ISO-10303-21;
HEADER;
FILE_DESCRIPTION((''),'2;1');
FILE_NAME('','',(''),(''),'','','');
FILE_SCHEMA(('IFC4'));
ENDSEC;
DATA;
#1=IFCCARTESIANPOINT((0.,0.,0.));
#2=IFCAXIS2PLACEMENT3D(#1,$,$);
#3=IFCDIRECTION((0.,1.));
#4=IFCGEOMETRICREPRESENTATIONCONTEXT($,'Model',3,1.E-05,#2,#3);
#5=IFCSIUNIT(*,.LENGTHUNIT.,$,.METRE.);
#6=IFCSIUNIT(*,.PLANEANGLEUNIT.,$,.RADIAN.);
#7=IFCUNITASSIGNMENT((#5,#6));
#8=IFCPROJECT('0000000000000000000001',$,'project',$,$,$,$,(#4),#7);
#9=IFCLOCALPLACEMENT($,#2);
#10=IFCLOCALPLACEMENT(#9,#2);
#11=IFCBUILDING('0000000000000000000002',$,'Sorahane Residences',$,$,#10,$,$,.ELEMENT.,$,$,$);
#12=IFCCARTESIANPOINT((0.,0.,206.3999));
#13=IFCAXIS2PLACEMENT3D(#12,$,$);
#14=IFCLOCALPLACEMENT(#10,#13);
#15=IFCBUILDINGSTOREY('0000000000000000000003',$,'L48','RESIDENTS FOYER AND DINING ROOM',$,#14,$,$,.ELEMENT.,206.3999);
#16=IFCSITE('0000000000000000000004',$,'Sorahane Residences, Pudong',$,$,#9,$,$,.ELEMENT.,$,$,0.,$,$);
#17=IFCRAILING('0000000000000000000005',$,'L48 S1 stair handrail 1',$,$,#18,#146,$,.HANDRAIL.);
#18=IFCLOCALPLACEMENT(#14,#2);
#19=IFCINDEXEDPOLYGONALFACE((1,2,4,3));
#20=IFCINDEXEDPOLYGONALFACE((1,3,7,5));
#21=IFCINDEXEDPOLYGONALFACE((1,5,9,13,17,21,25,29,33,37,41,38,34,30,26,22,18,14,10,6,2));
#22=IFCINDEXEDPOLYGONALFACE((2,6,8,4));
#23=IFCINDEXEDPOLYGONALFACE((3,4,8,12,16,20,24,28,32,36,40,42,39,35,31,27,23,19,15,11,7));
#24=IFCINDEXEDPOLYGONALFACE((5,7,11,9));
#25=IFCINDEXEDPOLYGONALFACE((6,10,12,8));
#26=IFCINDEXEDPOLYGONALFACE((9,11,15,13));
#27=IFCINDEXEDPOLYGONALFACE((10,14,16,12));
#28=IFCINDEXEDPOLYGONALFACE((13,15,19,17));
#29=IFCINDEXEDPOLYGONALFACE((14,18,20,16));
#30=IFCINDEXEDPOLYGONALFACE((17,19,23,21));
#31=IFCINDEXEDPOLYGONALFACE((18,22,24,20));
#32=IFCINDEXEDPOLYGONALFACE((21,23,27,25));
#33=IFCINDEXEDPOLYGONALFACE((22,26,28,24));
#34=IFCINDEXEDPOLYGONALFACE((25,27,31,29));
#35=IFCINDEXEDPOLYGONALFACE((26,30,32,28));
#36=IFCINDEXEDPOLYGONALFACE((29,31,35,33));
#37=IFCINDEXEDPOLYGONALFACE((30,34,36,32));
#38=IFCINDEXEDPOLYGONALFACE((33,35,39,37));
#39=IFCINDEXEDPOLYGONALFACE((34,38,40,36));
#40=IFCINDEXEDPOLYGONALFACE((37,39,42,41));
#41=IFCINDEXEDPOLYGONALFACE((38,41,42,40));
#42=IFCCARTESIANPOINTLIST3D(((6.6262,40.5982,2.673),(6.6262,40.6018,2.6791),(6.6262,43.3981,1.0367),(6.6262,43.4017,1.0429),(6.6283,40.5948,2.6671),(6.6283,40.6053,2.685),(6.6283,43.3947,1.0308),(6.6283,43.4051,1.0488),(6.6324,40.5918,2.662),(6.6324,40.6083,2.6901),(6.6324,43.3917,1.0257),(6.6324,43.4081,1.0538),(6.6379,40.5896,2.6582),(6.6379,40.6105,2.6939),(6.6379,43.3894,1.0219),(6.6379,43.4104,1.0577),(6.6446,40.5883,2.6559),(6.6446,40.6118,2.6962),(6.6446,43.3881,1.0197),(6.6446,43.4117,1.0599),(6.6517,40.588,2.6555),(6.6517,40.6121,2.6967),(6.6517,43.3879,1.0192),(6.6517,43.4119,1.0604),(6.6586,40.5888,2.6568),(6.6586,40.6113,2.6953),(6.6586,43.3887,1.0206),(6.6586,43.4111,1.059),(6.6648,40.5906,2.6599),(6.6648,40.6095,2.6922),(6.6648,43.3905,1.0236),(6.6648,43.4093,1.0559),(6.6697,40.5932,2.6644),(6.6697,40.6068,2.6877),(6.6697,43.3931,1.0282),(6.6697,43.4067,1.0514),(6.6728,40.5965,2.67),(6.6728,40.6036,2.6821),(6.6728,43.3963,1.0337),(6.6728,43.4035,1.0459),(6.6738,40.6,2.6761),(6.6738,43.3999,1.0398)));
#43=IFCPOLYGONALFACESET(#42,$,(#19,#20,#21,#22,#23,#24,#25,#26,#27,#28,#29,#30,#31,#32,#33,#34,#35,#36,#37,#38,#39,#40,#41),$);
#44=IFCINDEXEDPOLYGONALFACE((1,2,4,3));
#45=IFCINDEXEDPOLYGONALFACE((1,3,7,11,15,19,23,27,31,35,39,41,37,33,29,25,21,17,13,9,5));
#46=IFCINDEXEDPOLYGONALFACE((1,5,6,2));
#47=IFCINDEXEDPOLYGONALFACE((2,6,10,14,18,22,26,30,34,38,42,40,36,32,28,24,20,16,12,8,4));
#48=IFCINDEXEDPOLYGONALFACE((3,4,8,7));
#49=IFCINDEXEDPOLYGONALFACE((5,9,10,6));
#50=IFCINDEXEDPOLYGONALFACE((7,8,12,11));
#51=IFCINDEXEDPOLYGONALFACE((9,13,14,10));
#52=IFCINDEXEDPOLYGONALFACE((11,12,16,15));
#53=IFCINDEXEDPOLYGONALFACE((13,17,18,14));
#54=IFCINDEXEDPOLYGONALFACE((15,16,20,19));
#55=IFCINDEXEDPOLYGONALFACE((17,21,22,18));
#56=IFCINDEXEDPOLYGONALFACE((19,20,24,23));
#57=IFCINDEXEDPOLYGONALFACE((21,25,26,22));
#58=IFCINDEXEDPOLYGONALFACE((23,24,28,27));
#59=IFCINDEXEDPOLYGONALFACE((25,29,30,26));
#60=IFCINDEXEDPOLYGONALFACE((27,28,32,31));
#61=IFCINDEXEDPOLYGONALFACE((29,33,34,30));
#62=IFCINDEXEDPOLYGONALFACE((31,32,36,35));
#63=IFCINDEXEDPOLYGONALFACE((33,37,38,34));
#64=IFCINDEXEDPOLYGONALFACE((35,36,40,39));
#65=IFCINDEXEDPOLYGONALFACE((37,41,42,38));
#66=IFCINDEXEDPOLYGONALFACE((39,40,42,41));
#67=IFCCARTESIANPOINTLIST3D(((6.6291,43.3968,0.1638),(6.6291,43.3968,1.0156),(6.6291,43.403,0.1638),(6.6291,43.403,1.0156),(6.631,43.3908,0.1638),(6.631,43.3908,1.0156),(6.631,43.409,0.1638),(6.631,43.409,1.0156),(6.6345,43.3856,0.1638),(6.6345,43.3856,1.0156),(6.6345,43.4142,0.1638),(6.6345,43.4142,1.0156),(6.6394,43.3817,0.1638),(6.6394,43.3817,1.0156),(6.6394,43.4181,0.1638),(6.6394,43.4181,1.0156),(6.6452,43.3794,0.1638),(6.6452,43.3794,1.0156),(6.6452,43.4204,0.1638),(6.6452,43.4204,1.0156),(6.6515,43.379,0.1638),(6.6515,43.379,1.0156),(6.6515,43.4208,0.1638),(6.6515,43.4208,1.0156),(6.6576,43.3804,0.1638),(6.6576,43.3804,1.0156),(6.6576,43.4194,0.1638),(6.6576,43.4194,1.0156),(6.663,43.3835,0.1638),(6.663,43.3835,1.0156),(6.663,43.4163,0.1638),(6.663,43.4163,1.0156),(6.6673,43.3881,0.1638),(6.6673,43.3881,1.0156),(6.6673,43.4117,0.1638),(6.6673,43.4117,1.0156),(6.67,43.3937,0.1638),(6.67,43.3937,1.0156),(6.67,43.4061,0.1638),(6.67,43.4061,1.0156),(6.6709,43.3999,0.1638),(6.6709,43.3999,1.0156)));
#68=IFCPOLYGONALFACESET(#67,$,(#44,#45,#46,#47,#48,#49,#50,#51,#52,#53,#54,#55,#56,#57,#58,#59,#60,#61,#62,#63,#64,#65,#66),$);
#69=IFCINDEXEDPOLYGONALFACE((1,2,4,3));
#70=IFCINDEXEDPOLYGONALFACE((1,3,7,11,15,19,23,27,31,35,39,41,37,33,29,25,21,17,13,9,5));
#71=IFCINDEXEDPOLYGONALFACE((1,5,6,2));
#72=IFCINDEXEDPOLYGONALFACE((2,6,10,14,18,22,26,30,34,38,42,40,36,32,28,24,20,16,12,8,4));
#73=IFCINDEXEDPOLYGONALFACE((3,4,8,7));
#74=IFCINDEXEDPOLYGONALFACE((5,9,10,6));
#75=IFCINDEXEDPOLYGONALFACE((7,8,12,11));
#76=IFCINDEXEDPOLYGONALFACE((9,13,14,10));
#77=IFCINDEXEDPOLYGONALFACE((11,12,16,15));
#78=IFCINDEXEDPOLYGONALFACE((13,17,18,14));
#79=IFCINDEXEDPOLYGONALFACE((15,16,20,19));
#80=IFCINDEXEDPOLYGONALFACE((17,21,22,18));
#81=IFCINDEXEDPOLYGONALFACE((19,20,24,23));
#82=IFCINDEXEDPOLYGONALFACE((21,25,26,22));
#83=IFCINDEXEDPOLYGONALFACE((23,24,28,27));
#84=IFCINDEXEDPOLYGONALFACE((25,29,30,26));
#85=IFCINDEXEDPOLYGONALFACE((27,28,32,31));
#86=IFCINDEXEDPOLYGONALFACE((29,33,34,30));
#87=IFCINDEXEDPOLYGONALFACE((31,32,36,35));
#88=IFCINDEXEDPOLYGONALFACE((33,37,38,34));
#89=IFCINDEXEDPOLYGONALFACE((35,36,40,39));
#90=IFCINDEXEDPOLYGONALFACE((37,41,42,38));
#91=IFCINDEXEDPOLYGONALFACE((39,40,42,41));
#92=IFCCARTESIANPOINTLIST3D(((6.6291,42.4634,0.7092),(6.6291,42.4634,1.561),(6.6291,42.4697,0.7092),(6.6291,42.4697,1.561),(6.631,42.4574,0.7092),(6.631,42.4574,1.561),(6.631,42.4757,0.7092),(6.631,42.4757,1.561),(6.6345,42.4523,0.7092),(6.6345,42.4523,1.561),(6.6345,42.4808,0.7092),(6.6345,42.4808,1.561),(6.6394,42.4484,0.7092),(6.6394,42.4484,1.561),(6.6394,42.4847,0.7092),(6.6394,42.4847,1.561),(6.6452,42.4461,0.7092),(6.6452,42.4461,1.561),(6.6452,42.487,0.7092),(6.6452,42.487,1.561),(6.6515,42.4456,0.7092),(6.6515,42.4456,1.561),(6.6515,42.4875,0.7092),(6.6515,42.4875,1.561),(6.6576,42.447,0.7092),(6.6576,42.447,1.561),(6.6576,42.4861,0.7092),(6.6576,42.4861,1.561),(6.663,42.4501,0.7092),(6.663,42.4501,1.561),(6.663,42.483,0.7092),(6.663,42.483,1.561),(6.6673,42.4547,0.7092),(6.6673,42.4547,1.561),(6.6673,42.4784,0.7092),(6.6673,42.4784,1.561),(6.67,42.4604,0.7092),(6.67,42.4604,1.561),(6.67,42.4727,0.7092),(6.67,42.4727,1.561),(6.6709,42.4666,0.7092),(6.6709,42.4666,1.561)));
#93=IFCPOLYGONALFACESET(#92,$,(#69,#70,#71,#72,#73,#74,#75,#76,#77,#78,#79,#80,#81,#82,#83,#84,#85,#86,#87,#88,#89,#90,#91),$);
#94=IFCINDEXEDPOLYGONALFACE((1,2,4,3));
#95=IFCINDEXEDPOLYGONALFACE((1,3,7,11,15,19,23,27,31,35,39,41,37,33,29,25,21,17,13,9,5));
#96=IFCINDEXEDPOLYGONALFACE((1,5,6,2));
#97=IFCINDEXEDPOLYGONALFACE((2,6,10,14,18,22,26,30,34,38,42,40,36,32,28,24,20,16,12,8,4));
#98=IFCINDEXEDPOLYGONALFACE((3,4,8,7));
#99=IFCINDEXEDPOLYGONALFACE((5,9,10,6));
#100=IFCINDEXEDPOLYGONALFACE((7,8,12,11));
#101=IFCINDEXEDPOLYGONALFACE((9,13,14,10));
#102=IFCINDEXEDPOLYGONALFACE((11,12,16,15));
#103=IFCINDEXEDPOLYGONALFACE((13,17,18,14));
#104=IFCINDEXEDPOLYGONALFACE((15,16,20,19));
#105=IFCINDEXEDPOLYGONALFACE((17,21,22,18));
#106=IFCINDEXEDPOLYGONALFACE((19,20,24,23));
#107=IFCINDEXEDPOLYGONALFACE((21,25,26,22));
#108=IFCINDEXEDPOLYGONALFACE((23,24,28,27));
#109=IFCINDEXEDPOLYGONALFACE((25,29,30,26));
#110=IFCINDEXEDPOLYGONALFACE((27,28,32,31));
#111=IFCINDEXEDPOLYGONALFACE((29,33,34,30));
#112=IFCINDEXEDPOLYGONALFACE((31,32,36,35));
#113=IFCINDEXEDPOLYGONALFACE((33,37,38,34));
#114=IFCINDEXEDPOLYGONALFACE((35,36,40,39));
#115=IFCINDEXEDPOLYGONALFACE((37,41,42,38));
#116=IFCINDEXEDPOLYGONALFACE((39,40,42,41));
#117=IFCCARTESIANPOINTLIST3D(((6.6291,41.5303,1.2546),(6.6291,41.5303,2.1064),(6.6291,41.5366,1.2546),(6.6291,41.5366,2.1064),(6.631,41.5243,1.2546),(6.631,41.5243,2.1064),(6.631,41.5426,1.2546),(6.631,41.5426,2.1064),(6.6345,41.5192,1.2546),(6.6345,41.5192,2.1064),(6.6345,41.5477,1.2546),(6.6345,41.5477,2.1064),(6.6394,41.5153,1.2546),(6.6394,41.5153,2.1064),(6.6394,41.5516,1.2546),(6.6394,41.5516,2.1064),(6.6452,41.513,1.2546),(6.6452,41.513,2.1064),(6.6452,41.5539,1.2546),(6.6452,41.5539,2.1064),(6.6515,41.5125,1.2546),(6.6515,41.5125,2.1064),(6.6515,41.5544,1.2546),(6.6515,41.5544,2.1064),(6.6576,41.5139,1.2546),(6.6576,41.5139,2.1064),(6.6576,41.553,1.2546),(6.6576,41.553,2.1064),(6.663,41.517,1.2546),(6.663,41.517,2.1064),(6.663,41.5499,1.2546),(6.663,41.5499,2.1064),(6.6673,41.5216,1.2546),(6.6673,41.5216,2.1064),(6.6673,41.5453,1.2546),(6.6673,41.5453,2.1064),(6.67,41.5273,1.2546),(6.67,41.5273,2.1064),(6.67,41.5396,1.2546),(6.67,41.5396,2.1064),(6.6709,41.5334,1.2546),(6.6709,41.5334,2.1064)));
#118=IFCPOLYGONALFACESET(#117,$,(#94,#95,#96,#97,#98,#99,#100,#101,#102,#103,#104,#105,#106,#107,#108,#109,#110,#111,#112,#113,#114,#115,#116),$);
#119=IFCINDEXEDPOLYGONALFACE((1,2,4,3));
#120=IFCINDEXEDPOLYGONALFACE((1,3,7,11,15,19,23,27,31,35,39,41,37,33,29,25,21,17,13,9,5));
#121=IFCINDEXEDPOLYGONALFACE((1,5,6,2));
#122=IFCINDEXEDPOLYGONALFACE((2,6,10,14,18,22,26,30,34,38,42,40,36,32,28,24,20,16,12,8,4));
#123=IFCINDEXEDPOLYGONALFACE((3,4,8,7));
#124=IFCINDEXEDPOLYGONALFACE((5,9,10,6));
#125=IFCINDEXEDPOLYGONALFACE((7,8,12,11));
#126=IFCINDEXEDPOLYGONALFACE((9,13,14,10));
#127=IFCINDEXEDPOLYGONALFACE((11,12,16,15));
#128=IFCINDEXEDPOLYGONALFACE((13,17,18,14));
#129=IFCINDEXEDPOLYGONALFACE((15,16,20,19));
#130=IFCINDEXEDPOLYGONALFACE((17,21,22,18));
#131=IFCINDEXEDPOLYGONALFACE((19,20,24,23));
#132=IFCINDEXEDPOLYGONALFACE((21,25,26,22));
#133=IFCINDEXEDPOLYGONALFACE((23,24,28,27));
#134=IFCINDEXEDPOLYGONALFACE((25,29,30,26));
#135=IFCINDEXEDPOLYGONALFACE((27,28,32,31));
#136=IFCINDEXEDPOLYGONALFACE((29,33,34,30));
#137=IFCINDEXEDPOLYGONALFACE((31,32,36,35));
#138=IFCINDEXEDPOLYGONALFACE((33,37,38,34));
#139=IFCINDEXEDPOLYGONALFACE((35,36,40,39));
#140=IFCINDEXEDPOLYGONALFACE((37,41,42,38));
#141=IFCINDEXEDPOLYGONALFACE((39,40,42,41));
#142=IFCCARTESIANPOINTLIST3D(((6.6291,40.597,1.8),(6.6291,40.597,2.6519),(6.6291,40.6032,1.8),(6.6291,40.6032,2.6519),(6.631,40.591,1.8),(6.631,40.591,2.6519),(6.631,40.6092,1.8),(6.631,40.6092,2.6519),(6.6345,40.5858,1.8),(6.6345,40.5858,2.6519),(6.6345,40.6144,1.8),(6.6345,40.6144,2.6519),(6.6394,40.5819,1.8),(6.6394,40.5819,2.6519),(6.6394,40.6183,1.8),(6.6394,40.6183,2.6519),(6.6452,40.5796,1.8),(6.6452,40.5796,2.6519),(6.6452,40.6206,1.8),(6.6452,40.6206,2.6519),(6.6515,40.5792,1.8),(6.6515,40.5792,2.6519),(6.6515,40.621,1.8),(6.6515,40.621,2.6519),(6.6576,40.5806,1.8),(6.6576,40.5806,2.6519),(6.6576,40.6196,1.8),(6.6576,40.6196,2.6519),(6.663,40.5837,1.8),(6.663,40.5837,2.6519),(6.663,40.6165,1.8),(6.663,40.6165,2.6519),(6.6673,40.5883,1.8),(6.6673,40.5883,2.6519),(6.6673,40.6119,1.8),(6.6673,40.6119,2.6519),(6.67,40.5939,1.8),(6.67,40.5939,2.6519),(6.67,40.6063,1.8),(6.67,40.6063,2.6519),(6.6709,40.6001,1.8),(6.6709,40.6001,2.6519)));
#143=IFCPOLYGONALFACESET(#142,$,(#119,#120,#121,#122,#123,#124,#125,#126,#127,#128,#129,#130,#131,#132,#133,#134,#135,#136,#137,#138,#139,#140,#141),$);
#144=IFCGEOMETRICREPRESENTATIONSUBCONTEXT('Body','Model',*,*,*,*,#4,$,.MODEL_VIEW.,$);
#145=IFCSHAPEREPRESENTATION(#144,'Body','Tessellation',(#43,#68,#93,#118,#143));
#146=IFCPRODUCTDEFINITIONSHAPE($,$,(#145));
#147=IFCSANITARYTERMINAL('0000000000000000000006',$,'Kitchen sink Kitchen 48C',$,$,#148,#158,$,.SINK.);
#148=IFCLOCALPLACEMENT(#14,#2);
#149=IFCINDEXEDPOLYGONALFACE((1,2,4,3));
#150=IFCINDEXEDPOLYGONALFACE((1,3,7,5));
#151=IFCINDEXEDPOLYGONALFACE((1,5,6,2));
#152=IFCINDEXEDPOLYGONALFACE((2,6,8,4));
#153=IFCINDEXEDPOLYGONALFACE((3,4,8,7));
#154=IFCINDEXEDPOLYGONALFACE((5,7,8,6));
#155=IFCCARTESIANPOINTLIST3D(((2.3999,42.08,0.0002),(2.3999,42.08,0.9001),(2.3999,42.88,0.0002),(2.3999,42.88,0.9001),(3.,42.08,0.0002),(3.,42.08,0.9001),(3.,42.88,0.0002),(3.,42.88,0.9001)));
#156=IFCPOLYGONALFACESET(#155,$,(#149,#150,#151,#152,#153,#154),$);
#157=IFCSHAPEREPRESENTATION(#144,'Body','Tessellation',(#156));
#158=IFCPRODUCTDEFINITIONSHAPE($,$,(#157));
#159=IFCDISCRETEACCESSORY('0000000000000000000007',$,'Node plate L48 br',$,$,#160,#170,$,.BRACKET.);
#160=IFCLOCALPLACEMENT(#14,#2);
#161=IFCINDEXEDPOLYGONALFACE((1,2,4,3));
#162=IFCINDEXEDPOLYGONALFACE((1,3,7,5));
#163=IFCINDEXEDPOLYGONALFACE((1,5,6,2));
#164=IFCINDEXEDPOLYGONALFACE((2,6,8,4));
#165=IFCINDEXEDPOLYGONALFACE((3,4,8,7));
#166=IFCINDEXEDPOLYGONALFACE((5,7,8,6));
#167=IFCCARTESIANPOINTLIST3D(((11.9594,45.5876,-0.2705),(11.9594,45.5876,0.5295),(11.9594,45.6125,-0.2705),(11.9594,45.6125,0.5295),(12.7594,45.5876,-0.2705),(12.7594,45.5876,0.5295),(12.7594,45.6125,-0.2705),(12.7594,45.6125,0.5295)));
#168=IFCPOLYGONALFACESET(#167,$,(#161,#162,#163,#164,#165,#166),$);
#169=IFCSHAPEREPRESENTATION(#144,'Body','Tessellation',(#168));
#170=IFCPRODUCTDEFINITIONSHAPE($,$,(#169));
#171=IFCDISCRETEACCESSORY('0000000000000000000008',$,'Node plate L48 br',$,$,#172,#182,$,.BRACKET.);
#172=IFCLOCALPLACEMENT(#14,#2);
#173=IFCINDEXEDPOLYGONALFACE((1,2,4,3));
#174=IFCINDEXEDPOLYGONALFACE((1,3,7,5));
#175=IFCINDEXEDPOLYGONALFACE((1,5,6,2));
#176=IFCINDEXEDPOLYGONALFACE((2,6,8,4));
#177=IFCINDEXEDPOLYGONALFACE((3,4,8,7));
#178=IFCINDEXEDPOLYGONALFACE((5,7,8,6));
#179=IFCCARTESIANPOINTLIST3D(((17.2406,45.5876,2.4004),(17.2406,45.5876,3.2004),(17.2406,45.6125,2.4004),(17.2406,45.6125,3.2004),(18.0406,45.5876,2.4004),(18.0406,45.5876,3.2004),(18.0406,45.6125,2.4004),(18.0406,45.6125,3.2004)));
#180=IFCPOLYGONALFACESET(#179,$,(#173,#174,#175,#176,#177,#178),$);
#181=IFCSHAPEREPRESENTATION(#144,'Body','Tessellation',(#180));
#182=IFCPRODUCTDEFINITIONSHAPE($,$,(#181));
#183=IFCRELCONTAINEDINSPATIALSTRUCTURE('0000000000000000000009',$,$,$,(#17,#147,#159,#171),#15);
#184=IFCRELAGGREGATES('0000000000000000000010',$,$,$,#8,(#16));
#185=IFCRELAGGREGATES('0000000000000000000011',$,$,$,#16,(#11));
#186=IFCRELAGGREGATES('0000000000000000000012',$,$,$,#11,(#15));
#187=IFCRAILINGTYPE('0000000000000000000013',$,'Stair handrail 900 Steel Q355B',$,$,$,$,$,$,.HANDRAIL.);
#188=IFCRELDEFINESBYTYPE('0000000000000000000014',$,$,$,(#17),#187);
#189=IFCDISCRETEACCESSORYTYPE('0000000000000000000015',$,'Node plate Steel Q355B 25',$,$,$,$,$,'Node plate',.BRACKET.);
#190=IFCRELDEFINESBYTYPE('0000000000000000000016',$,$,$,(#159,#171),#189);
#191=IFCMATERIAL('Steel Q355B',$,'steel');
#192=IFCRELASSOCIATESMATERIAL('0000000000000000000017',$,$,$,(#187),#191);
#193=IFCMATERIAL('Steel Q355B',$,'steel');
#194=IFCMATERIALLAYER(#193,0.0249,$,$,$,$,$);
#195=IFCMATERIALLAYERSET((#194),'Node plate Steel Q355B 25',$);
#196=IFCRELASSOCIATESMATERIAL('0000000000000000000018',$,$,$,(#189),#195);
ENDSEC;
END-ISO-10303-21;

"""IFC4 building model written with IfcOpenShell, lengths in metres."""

from ifc_helpers import new_model, si_unit, direction, frame, origin, origin_2d, place, context, subcontext, project, spatial, rectangle, circle, extrude, material, layer, layer_set, type_object, element, save


model = new_model("IFC4")

# Units and contexts
model_context = context("Model", 3, precision=1e-05, world=origin(), true_north=direction((0.0, 1.0)))
body_context = subcontext(model_context, "Body", "Model", "MODEL_VIEW")
ifc_project = project(units=[si_unit("LENGTHUNIT", "METRE"), si_unit("PLANEANGLEUNIT", "RADIAN")], contexts=[model_context])

# Site, building, storey
site_placement = place(None, origin())
site = spatial("IfcSite", under=ifc_project, at=site_placement, Name="Sorahane Residences, Pudong", CompositionType="ELEMENT", RefElevation=0.0)
building_placement = place(site_placement, origin())
building = spatial("IfcBuilding", under=site, at=building_placement, Name="Sorahane Residences", CompositionType="ELEMENT")
storey_placement = place(building_placement, frame((0.0, 0.0, 206.3999)))
storey = spatial("IfcBuildingStorey", under=building, at=storey_placement, Name="L48", Description="RESIDENTS FOYER AND DINING ROOM", CompositionType="ELEMENT", Elevation=206.3999)

# Railing
ifc_material_1 = material(Name="Steel Q355B", Category="steel")
railing_type_1 = type_object("IfcRailingType", Name="Stair handrail 900 Steel Q355B", PredefinedType="HANDRAIL", material=ifc_material_1)
railing_1_placement = place(storey_placement, frame((6.6499, 43.3999, 0.1638)))
element("IfcRailing", 1, at=railing_1_placement, inside=storey, type_object=railing_type_1, Name="L48 S1 stair handrail 1", PredefinedType="HANDRAIL", context=body_context, shape_type="SweptSolid", body=[
    extrude(circle(Radius=0.0239, at=origin_2d()), frame((0.0, 0.0, 0.876), z_axis=(0.0, -0.863374, 0.504564), x_axis=(1.0, 0.0, 0.0)), (0.0, 0.0, 1.0), 3.2429),
    extrude(circle(Radius=0.021, at=origin_2d()), origin(), (0.0, 0.0, 1.0), 0.8518),
    extrude(circle(Radius=0.021, at=origin_2d()), frame((0.0, -0.9333, 0.5454)), (0.0, 0.0, 1.0), 0.8518),
    extrude(circle(Radius=0.021, at=origin_2d()), frame((0.0, -1.8665, 1.0908)), (0.0, 0.0, 1.0), 0.8518),
    extrude(circle(Radius=0.021, at=origin_2d()), frame((0.0, -2.7998, 1.6362)), (0.0, 0.0, 1.0), 0.8518),
])

# Sanitary terminal
sanitary_terminal_placement = place(storey_placement, frame((2.7, 42.48, 0.0002), z_axis=(0.0, 0.0, 1.0), x_axis=(0.0, -1.0, 0.0)))
element("IfcSanitaryTerminal", 2, at=sanitary_terminal_placement, inside=storey, Name="Kitchen sink Kitchen 48C", PredefinedType="SINK", context=body_context, shape_type="SweptSolid", body=[
    extrude(rectangle(XDim=0.8, YDim=0.6001, at=origin_2d()), origin(), (0.0, 0.0, 1.0), 0.8999),
])

# Discrete accessories
ifc_material_2 = material(Name="Steel Q355B", Category="steel")
ifc_layer_1 = layer(ifc_material_2, 0.0249)
ifc_layer_set_1 = layer_set([ifc_layer_1], Name="Node plate Steel Q355B 25")
discrete_accessory_type = type_object("IfcDiscreteAccessoryType", Name="Node plate Steel Q355B 25", ElementType="Node plate", PredefinedType="BRACKET", material=ifc_layer_set_1)
for number, where, z_axis, x_axis, name in (
    (3, (12.3594, 45.6001, -0.2705), (0.0, 0.0, 1.0), (1.0, 0.0, 0.0), "Node plate L48 br"),
    (4, (17.6406, 45.6001, 2.4004), (0.0, 0.0, 1.0), (1.0, 0.0, 0.0), "Node plate L48 br"),
):
    element("IfcDiscreteAccessory", number, at=place(storey_placement, frame(where, z_axis=z_axis, x_axis=x_axis)), inside=storey, type_object=discrete_accessory_type, Name=name, PredefinedType="BRACKET", context=body_context, shape_type="SweptSolid", body=[
        extrude(rectangle(XDim=0.8, YDim=0.0249, at=origin_2d()), origin(), (0.0, 0.0, 1.0), 0.8),
    ])

save(model, "model.ifc")
